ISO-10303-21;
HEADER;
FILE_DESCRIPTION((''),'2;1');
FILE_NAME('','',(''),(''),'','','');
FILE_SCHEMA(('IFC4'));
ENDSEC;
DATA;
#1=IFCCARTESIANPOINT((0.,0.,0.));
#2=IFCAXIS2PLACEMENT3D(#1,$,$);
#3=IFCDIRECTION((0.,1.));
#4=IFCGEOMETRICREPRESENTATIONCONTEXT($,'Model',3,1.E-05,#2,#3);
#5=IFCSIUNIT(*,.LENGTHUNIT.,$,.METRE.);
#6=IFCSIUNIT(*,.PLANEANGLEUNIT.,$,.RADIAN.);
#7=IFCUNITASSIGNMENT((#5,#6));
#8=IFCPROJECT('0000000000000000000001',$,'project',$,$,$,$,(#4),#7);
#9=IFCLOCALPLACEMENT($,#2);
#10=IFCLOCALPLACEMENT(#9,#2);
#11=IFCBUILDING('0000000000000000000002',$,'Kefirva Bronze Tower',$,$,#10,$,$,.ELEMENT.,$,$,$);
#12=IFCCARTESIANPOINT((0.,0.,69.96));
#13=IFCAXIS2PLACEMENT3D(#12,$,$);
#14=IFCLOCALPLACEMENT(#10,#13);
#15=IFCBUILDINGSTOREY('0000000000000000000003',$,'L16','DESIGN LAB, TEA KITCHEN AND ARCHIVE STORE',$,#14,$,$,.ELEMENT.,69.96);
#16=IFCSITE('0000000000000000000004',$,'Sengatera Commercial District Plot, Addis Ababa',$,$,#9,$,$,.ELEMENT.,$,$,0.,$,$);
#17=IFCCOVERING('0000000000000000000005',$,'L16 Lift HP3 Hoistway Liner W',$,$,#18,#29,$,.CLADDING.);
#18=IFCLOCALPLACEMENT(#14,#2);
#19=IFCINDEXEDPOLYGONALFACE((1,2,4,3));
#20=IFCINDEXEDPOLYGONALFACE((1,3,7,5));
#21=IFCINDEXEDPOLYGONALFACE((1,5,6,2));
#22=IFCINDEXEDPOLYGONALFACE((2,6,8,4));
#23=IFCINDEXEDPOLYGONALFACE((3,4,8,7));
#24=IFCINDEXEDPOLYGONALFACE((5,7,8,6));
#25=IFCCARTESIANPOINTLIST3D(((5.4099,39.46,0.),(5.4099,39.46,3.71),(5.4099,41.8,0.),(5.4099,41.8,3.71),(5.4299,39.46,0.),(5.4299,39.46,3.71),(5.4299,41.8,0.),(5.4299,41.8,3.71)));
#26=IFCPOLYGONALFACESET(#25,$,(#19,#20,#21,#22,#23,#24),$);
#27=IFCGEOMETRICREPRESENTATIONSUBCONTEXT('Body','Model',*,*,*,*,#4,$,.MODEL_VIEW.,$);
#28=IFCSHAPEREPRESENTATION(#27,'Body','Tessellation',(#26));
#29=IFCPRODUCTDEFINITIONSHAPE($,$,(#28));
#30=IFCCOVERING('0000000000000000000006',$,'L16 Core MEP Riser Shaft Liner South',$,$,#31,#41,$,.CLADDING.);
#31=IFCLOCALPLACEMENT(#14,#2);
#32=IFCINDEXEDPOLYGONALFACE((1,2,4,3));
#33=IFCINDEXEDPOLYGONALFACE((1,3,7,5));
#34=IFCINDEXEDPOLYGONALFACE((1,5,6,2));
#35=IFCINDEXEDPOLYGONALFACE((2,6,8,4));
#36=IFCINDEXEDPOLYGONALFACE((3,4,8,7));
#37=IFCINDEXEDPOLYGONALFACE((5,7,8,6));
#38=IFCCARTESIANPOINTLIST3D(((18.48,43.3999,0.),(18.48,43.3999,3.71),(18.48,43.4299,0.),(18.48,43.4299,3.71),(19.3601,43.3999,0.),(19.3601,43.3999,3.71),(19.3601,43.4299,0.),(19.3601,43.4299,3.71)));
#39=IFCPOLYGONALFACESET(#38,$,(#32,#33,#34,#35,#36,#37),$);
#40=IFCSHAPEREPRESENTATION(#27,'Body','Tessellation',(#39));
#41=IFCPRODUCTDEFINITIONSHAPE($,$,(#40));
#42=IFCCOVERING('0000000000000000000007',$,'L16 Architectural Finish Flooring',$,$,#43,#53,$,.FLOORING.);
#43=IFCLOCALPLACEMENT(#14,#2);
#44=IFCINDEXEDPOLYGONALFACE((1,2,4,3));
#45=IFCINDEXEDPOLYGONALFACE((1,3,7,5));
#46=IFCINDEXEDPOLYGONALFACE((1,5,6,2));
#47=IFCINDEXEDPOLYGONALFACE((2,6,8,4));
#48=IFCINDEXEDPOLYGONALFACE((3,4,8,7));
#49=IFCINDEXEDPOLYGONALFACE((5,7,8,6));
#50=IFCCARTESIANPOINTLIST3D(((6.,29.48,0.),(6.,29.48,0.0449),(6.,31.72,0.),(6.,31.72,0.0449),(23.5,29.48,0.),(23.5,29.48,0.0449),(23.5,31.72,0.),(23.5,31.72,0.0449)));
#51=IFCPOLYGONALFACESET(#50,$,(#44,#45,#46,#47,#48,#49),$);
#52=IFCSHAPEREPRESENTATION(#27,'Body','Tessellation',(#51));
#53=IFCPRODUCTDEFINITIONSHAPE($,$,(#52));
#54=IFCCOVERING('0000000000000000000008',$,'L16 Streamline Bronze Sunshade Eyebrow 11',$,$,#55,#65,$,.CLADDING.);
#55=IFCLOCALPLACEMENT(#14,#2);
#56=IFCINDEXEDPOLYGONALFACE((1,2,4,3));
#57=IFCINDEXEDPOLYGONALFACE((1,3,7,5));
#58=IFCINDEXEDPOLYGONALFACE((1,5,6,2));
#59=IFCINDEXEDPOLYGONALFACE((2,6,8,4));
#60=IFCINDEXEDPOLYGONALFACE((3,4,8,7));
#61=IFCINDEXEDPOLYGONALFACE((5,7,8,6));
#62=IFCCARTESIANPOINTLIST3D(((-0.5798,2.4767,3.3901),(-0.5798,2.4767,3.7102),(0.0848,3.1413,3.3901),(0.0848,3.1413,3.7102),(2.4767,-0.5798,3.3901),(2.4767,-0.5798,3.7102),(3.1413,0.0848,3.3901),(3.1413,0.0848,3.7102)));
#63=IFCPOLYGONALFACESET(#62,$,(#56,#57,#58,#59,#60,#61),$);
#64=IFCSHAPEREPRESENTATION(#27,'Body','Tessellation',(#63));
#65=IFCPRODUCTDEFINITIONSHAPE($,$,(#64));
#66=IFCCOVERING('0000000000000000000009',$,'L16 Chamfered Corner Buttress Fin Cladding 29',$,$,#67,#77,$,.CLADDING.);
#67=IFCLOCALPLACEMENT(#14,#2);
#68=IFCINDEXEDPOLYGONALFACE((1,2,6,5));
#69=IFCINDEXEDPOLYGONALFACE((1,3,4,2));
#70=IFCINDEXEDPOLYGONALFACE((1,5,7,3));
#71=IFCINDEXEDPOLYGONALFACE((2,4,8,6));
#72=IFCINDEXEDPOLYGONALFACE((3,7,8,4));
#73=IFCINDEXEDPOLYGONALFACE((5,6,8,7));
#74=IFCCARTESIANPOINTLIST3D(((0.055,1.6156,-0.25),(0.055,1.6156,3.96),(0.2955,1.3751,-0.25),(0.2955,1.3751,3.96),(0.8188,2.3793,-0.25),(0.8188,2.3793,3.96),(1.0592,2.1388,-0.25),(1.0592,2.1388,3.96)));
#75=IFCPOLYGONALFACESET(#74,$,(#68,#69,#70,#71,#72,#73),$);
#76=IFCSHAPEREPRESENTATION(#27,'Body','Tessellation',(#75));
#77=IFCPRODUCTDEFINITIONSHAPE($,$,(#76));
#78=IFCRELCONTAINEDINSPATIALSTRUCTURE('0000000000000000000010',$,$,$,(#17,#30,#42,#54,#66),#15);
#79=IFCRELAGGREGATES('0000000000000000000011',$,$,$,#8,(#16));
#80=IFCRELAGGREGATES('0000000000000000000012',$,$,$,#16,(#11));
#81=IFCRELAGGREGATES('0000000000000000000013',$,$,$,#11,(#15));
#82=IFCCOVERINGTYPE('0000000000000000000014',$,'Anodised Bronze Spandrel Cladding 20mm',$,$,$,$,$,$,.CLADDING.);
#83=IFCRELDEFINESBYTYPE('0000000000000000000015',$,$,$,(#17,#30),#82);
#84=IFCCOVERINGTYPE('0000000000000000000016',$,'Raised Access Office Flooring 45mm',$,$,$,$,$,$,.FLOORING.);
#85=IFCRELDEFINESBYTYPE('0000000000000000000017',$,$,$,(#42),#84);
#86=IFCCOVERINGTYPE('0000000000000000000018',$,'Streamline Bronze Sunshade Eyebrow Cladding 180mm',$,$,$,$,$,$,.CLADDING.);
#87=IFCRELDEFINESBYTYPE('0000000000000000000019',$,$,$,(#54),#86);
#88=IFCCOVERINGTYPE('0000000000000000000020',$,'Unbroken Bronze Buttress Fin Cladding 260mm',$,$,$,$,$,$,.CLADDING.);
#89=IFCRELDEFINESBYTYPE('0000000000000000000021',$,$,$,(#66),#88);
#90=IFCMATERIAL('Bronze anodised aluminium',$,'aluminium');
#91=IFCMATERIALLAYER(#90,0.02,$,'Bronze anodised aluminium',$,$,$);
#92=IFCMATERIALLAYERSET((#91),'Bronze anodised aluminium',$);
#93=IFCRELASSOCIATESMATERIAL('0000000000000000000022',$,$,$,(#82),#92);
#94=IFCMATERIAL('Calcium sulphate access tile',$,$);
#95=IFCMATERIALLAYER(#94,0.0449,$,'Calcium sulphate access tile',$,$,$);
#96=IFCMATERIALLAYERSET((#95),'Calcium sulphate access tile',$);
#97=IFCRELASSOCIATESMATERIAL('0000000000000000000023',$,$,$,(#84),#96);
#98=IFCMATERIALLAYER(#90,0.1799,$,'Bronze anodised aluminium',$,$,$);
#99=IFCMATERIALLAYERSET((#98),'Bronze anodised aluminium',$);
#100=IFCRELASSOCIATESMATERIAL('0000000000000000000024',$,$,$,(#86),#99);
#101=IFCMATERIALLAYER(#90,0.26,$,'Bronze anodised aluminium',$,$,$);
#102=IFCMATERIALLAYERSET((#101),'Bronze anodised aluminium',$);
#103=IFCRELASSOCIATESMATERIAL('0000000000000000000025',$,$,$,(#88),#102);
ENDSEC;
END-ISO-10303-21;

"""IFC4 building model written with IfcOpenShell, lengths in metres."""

from ifc_helpers import new_model, si_unit, direction, frame, origin, origin_2d, place, context, subcontext, project, spatial, polyline, rectangle, outline, extrude, material, layer, layer_set, type_object, element, save


model = new_model("IFC4")

# Units and contexts
model_context = context("Model", 3, precision=1e-05, world=origin(), true_north=direction((0.0, 1.0)))
body_context = subcontext(model_context, "Body", "Model", "MODEL_VIEW")
ifc_project = project(units=[si_unit("LENGTHUNIT", "METRE"), si_unit("PLANEANGLEUNIT", "RADIAN")], contexts=[model_context])

# Site, building, storey
site_placement = place(None, origin())
site = spatial("IfcSite", under=ifc_project, at=site_placement, Name="Sengatera Commercial District Plot, Addis Ababa", CompositionType="ELEMENT", RefElevation=0.0)
building_placement = place(site_placement, origin())
building = spatial("IfcBuilding", under=site, at=building_placement, Name="Kefirva Bronze Tower", CompositionType="ELEMENT")
storey_placement = place(building_placement, frame((0.0, 0.0, 69.96)))
storey = spatial("IfcBuildingStorey", under=building, at=storey_placement, Name="L16", Description="DESIGN LAB, TEA KITCHEN AND ARCHIVE STORE", CompositionType="ELEMENT", Elevation=69.96)

# Shared definitions
ifc_material_1 = material(Name="Bronze anodised aluminium", Category="aluminium")

# Coverings
ifc_layer_1 = layer(ifc_material_1, 0.02, Name="Bronze anodised aluminium")
ifc_layer_set_1 = layer_set([ifc_layer_1], Name="Bronze anodised aluminium")
covering_type_1 = type_object("IfcCoveringType", Name="Anodised Bronze Spandrel Cladding 20mm", PredefinedType="CLADDING", material=ifc_layer_set_1)
covering_1_placement = place(storey_placement, origin())
element("IfcCovering", 1, at=covering_1_placement, inside=storey, type_object=covering_type_1, Name="L16 Lift HP3 Hoistway Liner W", PredefinedType="CLADDING", context=body_context, shape_type="SweptSolid", body=[
    extrude(outline(polyline([(5.4099, 39.46), (5.4299, 39.46), (5.4299, 41.8), (5.4099, 41.8), (5.4099, 39.46)])), origin(), (0.0, 0.0, 1.0), 3.71),
])
covering_2_placement = place(storey_placement, origin())
element("IfcCovering", 2, at=covering_2_placement, inside=storey, type_object=covering_type_1, Name="L16 Core MEP Riser Shaft Liner South", PredefinedType="CLADDING", context=body_context, shape_type="SweptSolid", body=[
    extrude(outline(polyline([(18.48, 43.3999), (19.3601, 43.3999), (19.3601, 43.4299), (18.48, 43.4299), (18.48, 43.3999)])), origin(), (0.0, 0.0, 1.0), 3.71),
])
ifc_material_2 = material(Name="Calcium sulphate access tile")
ifc_layer_2 = layer(ifc_material_2, 0.0449, Name="Calcium sulphate access tile")
ifc_layer_set_2 = layer_set([ifc_layer_2], Name="Calcium sulphate access tile")
covering_type_2 = type_object("IfcCoveringType", Name="Raised Access Office Flooring 45mm", PredefinedType="FLOORING", material=ifc_layer_set_2)
covering_3_placement = place(storey_placement, origin())
element("IfcCovering", 3, at=covering_3_placement, inside=storey, type_object=covering_type_2, Name="L16 Architectural Finish Flooring", PredefinedType="FLOORING", context=body_context, shape_type="SweptSolid", body=[
    extrude(outline(polyline([(6.0, 29.48), (23.5, 29.48), (23.5, 31.72), (6.0, 31.72), (6.0, 29.48)])), origin(), (0.0, 0.0, 1.0), 0.0449),
])
ifc_layer_3 = layer(ifc_material_1, 0.1799, Name="Bronze anodised aluminium")
ifc_layer_set_3 = layer_set([ifc_layer_3], Name="Bronze anodised aluminium")
covering_type_3 = type_object("IfcCoveringType", Name="Streamline Bronze Sunshade Eyebrow Cladding 180mm", PredefinedType="CLADDING", material=ifc_layer_set_3)
covering_4_placement = place(storey_placement, frame((1.2808, 1.2808, 3.3901), z_axis=(0.0, 0.0, 1.0), x_axis=(0.707107, -0.707107, 0.0)))
element("IfcCovering", 4, at=covering_4_placement, inside=storey, type_object=covering_type_3, Name="L16 Streamline Bronze Sunshade Eyebrow 11", PredefinedType="CLADDING", context=body_context, shape_type="SweptSolid", body=[
    extrude(rectangle(XDim=4.3225, YDim=0.9399, at=origin_2d()), origin(), (0.0, 0.0, 1.0), 0.3201),
])
ifc_layer_4 = layer(ifc_material_1, 0.26, Name="Bronze anodised aluminium")
ifc_layer_set_4 = layer_set([ifc_layer_4], Name="Bronze anodised aluminium")
covering_type_4 = type_object("IfcCoveringType", Name="Unbroken Bronze Buttress Fin Cladding 260mm", PredefinedType="CLADDING", material=ifc_layer_set_4)
covering_5_placement = place(storey_placement, frame((0.5571, 1.8772, -0.25), z_axis=(0.0, 0.0, 1.0), x_axis=(0.707107, -0.707107, 0.0)))
element("IfcCovering", 5, at=covering_5_placement, inside=storey, type_object=covering_type_4, Name="L16 Chamfered Corner Buttress Fin Cladding 29", PredefinedType="CLADDING", context=body_context, shape_type="SweptSolid", body=[
    extrude(rectangle(XDim=0.3401, YDim=1.0801, at=origin_2d()), origin(), (0.0, 0.0, 1.0), 4.21),
])

save(model, "model.ifc")
